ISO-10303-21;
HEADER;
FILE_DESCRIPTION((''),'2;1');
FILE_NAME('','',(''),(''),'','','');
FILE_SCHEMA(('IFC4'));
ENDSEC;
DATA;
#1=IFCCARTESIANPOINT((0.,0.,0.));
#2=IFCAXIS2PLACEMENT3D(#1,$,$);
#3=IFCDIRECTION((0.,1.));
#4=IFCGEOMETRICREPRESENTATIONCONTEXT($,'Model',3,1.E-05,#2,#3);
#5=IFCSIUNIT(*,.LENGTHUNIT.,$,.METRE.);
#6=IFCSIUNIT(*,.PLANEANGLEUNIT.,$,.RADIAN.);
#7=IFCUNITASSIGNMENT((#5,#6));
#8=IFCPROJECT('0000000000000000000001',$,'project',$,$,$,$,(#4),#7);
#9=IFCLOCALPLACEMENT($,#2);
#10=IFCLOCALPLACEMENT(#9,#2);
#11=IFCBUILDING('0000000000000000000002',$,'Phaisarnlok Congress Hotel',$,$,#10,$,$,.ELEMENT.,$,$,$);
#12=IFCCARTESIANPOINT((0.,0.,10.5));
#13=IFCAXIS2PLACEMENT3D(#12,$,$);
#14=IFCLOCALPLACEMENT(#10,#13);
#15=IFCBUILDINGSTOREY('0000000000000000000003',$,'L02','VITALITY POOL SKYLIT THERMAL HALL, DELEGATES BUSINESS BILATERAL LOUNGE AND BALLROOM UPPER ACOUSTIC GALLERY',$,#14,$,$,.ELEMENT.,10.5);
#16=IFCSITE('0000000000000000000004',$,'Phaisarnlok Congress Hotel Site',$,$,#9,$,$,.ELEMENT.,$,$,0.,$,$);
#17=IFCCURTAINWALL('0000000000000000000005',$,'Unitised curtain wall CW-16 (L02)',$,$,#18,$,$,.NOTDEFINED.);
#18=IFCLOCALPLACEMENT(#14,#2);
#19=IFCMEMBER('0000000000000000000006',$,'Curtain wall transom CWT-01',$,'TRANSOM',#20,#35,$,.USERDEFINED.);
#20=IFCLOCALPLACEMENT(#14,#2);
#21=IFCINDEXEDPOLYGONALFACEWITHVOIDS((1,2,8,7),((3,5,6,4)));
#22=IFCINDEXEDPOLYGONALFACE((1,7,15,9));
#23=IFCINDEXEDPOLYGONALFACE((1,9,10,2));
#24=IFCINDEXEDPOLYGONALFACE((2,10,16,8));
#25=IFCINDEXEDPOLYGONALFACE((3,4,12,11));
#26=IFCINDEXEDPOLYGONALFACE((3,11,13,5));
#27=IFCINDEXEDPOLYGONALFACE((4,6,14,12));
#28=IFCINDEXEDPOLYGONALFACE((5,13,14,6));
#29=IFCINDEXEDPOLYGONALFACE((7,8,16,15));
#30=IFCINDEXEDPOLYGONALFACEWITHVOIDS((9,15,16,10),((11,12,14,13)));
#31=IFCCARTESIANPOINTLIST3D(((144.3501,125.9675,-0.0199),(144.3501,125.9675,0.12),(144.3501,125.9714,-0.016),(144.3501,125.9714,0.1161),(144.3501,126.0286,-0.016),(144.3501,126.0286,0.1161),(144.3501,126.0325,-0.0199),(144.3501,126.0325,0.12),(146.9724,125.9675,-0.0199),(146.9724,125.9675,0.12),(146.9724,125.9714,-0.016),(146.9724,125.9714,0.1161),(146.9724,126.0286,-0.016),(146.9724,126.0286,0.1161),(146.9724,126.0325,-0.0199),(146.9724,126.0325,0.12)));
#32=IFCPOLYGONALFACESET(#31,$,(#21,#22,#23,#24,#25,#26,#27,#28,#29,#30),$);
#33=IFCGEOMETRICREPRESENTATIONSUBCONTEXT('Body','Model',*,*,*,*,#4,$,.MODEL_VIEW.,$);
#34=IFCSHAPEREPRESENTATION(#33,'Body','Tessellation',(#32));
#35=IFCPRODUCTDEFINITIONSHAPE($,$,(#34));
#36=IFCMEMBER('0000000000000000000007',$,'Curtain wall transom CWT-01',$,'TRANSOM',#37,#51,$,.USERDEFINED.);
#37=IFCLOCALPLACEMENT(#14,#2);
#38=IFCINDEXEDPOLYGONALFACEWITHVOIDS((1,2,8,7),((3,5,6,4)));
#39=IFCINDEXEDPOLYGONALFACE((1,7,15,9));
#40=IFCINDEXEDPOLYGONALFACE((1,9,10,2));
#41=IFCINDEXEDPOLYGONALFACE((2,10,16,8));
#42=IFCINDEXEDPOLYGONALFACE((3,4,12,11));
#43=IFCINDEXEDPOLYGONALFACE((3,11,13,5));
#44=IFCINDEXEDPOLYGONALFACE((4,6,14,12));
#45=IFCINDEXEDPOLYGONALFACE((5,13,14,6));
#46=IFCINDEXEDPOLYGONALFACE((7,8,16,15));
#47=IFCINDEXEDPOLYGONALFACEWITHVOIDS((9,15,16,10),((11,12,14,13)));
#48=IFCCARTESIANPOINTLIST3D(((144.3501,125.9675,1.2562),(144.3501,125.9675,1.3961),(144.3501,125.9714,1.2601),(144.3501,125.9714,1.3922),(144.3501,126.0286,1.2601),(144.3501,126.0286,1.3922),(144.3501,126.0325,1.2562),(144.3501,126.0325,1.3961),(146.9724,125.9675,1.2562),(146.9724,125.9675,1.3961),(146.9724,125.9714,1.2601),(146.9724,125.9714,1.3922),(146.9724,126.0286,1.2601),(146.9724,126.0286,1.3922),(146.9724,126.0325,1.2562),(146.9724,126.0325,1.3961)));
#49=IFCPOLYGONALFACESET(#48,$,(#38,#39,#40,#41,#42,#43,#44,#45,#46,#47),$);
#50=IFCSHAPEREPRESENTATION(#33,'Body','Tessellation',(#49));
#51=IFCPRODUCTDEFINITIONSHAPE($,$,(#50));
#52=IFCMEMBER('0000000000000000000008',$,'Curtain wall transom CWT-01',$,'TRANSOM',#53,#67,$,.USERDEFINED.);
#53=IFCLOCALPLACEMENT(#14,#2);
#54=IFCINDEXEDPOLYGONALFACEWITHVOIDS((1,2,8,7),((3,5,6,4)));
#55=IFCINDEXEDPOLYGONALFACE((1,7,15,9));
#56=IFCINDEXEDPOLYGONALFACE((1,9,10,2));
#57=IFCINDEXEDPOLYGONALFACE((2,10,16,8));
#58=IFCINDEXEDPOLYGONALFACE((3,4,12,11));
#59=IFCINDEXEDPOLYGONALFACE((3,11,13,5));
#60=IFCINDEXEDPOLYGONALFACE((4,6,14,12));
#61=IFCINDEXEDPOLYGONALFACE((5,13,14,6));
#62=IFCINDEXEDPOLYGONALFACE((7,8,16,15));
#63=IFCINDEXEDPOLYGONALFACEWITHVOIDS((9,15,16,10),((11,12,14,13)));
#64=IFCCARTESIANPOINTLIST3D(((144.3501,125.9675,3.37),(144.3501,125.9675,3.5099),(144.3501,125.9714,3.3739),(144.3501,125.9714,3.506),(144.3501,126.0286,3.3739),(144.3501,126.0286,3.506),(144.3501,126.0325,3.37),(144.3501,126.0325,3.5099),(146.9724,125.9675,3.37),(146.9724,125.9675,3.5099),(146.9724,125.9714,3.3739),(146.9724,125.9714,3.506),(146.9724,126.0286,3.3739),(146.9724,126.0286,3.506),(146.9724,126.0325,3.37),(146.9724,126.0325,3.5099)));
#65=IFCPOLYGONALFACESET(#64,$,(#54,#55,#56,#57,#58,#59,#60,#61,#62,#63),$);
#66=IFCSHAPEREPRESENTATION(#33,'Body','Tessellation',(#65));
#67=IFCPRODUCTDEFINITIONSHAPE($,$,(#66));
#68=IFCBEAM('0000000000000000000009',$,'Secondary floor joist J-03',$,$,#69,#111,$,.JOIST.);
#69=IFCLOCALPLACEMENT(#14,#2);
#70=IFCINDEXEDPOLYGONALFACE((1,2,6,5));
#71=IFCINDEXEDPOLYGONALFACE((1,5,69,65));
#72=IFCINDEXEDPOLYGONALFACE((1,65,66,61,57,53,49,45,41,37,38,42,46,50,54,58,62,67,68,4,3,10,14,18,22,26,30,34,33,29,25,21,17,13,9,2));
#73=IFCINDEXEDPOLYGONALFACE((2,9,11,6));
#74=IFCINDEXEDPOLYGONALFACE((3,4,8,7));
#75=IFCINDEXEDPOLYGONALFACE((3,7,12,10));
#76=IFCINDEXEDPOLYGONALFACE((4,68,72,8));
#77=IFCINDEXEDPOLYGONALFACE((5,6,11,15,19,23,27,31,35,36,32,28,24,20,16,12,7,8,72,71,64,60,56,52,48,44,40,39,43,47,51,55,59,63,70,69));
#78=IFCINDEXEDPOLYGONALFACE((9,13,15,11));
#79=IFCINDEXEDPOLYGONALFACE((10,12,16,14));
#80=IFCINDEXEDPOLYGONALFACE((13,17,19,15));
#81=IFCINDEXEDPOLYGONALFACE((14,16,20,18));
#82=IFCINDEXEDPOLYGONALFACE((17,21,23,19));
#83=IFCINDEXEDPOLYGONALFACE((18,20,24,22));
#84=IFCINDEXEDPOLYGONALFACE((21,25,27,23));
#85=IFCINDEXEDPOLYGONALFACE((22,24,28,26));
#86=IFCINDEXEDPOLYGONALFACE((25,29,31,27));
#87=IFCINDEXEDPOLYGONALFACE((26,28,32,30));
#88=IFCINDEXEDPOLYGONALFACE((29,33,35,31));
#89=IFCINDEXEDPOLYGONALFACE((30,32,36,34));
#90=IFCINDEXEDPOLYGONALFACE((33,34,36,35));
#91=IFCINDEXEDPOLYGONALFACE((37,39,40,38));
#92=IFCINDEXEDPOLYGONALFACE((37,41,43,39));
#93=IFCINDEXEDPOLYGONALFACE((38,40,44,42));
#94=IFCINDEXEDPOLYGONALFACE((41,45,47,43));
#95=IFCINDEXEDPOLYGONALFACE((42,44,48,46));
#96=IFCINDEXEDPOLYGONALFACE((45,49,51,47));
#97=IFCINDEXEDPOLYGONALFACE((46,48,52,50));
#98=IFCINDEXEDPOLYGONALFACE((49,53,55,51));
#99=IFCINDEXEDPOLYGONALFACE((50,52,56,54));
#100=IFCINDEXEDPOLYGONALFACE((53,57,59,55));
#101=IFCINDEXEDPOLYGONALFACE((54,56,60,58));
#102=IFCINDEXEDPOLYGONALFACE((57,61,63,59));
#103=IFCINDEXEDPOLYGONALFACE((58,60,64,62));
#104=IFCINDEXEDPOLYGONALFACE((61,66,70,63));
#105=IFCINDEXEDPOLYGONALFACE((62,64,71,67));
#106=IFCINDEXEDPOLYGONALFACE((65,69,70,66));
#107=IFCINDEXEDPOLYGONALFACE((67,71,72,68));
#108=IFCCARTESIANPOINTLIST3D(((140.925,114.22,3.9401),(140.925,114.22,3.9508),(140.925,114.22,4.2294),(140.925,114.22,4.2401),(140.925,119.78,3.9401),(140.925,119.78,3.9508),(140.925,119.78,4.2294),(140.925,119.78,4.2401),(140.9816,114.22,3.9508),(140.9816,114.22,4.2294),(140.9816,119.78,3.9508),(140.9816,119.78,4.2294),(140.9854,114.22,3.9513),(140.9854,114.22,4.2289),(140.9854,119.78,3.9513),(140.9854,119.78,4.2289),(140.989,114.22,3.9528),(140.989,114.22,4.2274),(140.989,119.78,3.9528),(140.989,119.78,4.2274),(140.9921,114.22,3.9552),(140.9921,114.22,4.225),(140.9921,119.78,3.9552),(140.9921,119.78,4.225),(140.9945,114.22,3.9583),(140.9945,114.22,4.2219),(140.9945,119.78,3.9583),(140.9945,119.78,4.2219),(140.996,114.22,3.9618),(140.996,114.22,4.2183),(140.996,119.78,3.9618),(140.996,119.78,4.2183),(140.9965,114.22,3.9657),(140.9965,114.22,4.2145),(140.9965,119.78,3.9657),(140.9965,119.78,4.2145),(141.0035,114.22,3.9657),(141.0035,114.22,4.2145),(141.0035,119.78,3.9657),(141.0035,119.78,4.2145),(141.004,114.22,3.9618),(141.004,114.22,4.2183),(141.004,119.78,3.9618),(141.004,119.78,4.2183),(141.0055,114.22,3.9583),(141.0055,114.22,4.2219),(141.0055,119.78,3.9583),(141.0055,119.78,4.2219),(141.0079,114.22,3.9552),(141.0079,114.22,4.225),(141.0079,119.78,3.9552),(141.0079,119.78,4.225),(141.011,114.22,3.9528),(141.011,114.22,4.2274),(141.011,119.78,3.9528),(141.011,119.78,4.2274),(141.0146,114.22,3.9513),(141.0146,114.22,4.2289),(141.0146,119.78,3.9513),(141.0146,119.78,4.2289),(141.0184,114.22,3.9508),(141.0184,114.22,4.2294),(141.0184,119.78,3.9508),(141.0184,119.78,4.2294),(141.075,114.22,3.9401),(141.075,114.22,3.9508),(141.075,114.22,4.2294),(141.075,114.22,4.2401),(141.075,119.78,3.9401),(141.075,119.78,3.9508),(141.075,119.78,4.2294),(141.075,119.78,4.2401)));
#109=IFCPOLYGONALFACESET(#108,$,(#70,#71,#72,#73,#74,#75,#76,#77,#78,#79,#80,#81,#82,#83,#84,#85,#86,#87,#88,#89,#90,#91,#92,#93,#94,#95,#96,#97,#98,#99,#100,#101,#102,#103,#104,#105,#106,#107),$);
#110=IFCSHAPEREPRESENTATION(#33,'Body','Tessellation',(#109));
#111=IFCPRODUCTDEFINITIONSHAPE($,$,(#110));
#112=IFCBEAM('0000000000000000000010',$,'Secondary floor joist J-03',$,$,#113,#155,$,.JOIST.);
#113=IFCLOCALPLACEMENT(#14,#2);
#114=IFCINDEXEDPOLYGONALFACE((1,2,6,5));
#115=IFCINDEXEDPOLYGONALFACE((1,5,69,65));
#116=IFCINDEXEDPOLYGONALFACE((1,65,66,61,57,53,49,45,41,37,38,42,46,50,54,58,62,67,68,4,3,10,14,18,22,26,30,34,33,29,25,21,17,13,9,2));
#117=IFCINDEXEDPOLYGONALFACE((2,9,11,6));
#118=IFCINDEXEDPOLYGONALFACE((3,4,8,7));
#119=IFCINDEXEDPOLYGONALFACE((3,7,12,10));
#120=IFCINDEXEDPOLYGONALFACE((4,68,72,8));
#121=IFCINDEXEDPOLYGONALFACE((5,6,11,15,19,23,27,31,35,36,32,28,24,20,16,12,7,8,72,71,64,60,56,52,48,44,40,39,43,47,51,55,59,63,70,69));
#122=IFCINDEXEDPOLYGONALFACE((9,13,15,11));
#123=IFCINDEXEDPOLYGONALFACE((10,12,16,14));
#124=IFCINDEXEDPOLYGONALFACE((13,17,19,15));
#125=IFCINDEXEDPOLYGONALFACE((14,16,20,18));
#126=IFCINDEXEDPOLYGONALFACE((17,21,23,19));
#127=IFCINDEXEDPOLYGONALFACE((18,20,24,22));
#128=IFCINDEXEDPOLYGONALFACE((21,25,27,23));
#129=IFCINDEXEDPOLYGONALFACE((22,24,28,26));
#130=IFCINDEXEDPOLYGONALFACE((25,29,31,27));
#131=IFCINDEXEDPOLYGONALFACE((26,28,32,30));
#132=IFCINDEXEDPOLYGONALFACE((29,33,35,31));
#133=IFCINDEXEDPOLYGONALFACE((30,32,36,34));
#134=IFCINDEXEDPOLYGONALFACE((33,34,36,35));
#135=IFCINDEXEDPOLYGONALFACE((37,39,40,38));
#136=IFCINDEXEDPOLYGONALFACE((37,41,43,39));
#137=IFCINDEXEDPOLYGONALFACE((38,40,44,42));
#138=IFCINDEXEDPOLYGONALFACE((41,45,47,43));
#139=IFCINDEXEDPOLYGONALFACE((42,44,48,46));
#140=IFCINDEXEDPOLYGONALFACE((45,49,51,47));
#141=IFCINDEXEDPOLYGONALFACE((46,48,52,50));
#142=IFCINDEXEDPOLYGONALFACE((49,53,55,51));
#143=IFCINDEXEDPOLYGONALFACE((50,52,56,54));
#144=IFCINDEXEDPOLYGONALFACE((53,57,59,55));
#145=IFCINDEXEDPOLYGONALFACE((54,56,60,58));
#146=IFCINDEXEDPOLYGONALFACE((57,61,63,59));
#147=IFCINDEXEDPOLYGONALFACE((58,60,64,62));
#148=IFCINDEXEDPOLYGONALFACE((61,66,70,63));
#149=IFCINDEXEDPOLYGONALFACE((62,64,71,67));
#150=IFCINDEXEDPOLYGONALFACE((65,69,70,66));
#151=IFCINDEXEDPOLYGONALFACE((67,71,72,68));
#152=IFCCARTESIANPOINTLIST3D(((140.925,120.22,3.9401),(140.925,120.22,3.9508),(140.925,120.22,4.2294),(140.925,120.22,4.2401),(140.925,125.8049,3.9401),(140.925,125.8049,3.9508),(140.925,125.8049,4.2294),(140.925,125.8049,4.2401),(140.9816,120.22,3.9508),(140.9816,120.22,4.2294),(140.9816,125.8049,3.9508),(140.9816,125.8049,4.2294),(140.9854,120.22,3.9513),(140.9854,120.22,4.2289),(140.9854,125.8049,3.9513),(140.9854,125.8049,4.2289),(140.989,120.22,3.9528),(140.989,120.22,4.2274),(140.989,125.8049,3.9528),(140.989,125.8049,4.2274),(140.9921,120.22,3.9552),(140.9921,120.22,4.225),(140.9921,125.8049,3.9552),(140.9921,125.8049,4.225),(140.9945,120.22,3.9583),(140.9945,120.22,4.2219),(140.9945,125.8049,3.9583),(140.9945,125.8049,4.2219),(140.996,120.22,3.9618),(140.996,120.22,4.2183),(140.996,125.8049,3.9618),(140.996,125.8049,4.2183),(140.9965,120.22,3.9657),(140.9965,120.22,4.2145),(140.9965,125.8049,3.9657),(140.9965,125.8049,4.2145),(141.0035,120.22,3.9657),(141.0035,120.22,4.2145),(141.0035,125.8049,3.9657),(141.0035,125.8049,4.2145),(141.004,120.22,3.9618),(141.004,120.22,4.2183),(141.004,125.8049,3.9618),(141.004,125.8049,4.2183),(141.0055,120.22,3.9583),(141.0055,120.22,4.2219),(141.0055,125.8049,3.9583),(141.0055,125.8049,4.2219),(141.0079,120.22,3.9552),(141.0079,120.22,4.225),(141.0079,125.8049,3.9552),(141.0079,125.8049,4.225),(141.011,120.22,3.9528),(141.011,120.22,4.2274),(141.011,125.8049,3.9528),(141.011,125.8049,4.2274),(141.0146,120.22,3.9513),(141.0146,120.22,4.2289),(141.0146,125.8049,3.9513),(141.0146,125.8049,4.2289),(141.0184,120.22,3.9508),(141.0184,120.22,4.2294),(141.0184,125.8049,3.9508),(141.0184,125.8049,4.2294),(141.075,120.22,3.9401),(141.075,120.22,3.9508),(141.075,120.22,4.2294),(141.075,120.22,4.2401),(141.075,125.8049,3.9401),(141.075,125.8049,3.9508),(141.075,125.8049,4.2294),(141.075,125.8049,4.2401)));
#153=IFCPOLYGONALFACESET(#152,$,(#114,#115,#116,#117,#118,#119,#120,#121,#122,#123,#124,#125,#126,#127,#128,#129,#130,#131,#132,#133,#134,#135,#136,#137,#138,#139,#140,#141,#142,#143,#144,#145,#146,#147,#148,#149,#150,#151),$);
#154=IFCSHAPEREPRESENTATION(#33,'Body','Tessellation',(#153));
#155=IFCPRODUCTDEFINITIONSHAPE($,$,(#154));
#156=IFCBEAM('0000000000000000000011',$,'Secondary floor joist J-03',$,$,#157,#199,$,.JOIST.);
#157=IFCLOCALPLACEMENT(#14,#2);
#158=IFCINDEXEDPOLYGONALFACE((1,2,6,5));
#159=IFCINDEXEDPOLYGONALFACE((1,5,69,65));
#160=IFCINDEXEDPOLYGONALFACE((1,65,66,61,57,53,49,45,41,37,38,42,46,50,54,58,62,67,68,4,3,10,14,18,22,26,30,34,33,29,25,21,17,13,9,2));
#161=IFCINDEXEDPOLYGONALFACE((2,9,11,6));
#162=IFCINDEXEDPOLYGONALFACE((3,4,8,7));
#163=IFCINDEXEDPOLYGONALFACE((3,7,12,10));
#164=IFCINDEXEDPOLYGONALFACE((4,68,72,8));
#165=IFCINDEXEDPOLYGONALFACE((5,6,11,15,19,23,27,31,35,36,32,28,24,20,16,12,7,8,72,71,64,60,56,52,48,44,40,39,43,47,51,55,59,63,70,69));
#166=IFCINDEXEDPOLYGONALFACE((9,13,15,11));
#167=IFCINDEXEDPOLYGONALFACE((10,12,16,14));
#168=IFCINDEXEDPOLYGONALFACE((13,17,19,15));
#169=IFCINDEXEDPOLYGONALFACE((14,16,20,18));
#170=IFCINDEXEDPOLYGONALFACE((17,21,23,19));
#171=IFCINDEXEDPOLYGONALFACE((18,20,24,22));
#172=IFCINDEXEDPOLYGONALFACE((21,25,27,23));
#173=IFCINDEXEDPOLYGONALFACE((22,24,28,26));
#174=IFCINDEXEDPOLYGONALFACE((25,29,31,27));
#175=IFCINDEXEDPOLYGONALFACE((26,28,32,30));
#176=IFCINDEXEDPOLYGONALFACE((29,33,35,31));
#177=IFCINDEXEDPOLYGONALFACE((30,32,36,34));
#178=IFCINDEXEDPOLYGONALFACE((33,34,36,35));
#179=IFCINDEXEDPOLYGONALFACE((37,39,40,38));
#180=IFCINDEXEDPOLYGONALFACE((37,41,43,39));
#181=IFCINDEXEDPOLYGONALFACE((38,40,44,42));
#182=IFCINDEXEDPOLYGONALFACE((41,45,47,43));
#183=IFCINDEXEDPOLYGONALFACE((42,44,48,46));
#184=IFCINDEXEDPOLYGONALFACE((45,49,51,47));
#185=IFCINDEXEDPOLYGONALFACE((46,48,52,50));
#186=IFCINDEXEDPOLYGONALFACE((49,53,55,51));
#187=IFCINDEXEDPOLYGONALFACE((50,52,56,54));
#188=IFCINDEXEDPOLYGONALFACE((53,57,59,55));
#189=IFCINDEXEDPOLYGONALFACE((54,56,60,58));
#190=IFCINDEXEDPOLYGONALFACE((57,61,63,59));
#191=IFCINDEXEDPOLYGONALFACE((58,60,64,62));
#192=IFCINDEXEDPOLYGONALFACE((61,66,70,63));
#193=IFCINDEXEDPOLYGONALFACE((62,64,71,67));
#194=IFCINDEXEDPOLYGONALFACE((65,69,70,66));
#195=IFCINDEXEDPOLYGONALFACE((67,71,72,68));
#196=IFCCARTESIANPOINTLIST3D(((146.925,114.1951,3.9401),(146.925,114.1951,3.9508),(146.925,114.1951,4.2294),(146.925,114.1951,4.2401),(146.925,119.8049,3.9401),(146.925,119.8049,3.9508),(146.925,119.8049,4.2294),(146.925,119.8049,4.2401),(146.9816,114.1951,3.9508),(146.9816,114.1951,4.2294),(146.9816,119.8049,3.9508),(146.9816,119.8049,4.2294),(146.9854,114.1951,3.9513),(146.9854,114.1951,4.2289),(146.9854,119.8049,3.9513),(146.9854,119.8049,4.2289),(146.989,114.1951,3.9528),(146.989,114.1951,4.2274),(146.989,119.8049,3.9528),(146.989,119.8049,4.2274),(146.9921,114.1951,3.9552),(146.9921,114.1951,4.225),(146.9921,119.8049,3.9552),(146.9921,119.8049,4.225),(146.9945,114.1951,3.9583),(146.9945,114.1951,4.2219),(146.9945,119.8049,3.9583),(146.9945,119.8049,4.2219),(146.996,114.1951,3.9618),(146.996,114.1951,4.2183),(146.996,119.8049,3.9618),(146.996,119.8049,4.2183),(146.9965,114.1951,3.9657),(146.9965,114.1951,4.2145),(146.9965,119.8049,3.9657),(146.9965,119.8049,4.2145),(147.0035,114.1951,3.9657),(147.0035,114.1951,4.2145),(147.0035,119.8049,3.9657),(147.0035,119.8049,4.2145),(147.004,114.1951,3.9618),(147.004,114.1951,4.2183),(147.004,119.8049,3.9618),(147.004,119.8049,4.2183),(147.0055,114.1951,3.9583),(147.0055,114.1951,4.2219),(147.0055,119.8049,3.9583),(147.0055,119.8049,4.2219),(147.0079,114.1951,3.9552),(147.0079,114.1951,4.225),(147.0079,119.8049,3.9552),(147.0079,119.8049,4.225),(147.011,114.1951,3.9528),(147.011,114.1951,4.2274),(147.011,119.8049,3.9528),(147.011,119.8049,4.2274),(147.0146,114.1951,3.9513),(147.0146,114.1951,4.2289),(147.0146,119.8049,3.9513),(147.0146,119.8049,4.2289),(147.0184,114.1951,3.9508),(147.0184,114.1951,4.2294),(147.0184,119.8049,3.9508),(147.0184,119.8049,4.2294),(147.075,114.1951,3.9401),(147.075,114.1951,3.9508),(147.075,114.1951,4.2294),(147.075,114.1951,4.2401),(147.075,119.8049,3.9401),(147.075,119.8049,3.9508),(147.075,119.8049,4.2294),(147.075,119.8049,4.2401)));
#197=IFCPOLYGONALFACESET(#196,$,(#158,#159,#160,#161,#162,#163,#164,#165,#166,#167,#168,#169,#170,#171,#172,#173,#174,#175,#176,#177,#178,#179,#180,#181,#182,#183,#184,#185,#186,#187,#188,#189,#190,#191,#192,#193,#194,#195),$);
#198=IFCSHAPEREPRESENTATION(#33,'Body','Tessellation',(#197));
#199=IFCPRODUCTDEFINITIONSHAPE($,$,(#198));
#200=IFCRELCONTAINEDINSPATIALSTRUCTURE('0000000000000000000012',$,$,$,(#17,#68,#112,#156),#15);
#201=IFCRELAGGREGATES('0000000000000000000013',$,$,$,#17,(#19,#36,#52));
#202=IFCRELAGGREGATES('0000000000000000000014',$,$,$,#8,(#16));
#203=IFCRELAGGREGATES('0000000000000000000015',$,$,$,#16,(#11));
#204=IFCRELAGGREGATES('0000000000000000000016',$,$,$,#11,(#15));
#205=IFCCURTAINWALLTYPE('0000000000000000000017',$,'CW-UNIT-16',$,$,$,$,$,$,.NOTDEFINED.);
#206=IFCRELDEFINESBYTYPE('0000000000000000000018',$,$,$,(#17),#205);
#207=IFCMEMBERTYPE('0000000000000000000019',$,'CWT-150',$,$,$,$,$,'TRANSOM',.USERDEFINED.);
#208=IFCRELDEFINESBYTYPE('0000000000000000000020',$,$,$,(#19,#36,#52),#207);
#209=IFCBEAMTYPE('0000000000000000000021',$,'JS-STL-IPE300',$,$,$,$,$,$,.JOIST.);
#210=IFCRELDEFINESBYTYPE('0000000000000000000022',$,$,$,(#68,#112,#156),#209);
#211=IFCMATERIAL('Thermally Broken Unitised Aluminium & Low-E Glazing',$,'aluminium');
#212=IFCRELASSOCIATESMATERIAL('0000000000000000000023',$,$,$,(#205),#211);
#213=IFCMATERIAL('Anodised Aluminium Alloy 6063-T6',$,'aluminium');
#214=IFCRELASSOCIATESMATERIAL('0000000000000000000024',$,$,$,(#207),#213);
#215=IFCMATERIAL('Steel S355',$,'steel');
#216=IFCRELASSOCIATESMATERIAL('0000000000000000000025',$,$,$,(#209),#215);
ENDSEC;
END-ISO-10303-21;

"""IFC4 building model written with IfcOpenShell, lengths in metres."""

from ifc_helpers import new_model, si_unit, direction, frame, origin, origin_2d, place, context, subcontext, project, spatial, hollow_rectangle, i_section, extrude, material, material_profile, profile_set, type_object, element, aggregate, save


model = new_model("IFC4")

# Units and contexts
model_context = context("Model", 3, precision=1e-05, world=origin(), true_north=direction((0.0, 1.0)))
body_context = subcontext(model_context, "Body", "Model", "MODEL_VIEW")
ifc_project = project(units=[si_unit("LENGTHUNIT", "METRE"), si_unit("PLANEANGLEUNIT", "RADIAN")], contexts=[model_context])

# Site, building, storey
site_placement = place(None, origin())
site = spatial("IfcSite", under=ifc_project, at=site_placement, Name="Phaisarnlok Congress Hotel Site", CompositionType="ELEMENT", RefElevation=0.0)
building_placement = place(site_placement, origin())
building = spatial("IfcBuilding", under=site, at=building_placement, Name="Phaisarnlok Congress Hotel", CompositionType="ELEMENT")
storey_placement = place(building_placement, frame((0.0, 0.0, 10.5)))
storey = spatial("IfcBuildingStorey", under=building, at=storey_placement, Name="L02", Description="VITALITY POOL SKYLIT THERMAL HALL, DELEGATES BUSINESS BILATERAL LOUNGE AND BALLROOM UPPER ACOUSTIC GALLERY", CompositionType="ELEMENT", Elevation=10.5)

# Shared definitions
ifc_material_1 = material(Name="Steel S355", Category="steel")

# Curtain wall, members
ifc_material_2 = material(Name="Thermally Broken Unitised Aluminium & Low-E Glazing", Category="aluminium")
curtain_wall_type = type_object("IfcCurtainWallType", Name="CW-UNIT-16", PredefinedType="NOTDEFINED", material=ifc_material_2)
curtain_wall_placement = place(storey_placement, origin())
curtain_wall = element("IfcCurtainWall", 1, at=curtain_wall_placement, inside=storey, type_object=curtain_wall_type, Name="Unitised curtain wall CW-16 (L02)", PredefinedType="NOTDEFINED")
ifc_material_3 = material(Name="Anodised Aluminium Alloy 6063-T6", Category="aluminium")
ifc_material_profile_1 = material_profile(ifc_material_3, hollow_rectangle(XDim=0.0649, YDim=0.1399, WallThickness=0.0039, at=origin_2d()), Name="ALU-T 65x140x4")
ifc_profile_set_1 = profile_set([ifc_material_profile_1], Name="Anodised Aluminium Alloy 6063-T6")
member_type_1 = type_object("IfcMemberType", Name="CWT-150", ElementType="TRANSOM", PredefinedType="USERDEFINED", material=ifc_profile_set_1)
member_1_placement = place(storey_placement, frame((146.9724, 126.0, 0.05), z_axis=(-1.0, 0.0, 0.0), x_axis=(0.0, -1.0, 0.0)))
member_1 = element("IfcMember", 2, at=member_1_placement, type_object=member_type_1, Name="Curtain wall transom CWT-01", ObjectType="TRANSOM", PredefinedType="USERDEFINED", context=body_context, shape_type="SweptSolid", body=[
    extrude(hollow_rectangle(XDim=0.0649, YDim=0.1399, WallThickness=0.0039, at=origin_2d()), origin(), (0.0, 0.0, 1.0), 2.6223),
])
member_2_placement = place(storey_placement, frame((146.9724, 126.0, 1.3262), z_axis=(-1.0, 0.0, 0.0), x_axis=(0.0, -1.0, 0.0)))
member_2 = element("IfcMember", 3, at=member_2_placement, type_object=member_type_1, Name="Curtain wall transom CWT-01", ObjectType="TRANSOM", PredefinedType="USERDEFINED", context=body_context, shape_type="SweptSolid", body=[
    extrude(hollow_rectangle(XDim=0.0649, YDim=0.1399, WallThickness=0.0039, at=origin_2d()), origin(), (0.0, 0.0, 1.0), 2.6223),
])
member_3_placement = place(storey_placement, frame((146.9724, 126.0, 3.4399), z_axis=(-1.0, 0.0, 0.0), x_axis=(0.0, -1.0, 0.0)))
member_3 = element("IfcMember", 4, at=member_3_placement, type_object=member_type_1, Name="Curtain wall transom CWT-01", ObjectType="TRANSOM", PredefinedType="USERDEFINED", context=body_context, shape_type="SweptSolid", body=[
    extrude(hollow_rectangle(XDim=0.0649, YDim=0.1399, WallThickness=0.0039, at=origin_2d()), origin(), (0.0, 0.0, 1.0), 2.6223),
])

# Beams
ifc_material_profile_2 = material_profile(ifc_material_1, i_section(OverallWidth=0.1499, OverallDepth=0.3, WebThickness=0.0071, FlangeThickness=0.0107, FilletRadius=0.0149, at=origin_2d()), Name="IPE 300")
ifc_profile_set_2 = profile_set([ifc_material_profile_2], Name="Steel S355")
beam_type_1 = type_object("IfcBeamType", Name="JS-STL-IPE300", PredefinedType="JOIST", material=ifc_profile_set_2)
beam_1_placement = place(storey_placement, frame((141.0, 114.22, 4.0901), z_axis=(0.0, 1.0, 0.0), x_axis=(-1.0, 0.0, 0.0)))
element("IfcBeam", 5, at=beam_1_placement, inside=storey, type_object=beam_type_1, Name="Secondary floor joist J-03", PredefinedType="JOIST", context=body_context, shape_type="SweptSolid", body=[
    extrude(i_section(OverallWidth=0.1499, OverallDepth=0.3, WebThickness=0.0071, FlangeThickness=0.0107, FilletRadius=0.0149, at=origin_2d()), origin(), (0.0, 0.0, 1.0), 5.5601),
])
beam_2_placement = place(storey_placement, frame((141.0, 120.22, 4.0901), z_axis=(0.0, 1.0, 0.0), x_axis=(-1.0, 0.0, 0.0)))
element("IfcBeam", 6, at=beam_2_placement, inside=storey, type_object=beam_type_1, Name="Secondary floor joist J-03", PredefinedType="JOIST", context=body_context, shape_type="SweptSolid", body=[
    extrude(i_section(OverallWidth=0.1499, OverallDepth=0.3, WebThickness=0.0071, FlangeThickness=0.0107, FilletRadius=0.0149, at=origin_2d()), origin(), (0.0, 0.0, 1.0), 5.585),
])
for number, where, z_axis, x_axis, name in (
    (7, (147.0, 114.1951, 4.0901), (0.0, 1.0, 0.0), (-1.0, 0.0, 0.0), "Secondary floor joist J-03"),
):
    element("IfcBeam", number, at=place(storey_placement, frame(where, z_axis=z_axis, x_axis=x_axis)), inside=storey, type_object=beam_type_1, Name=name, PredefinedType="JOIST", context=body_context, shape_type="SweptSolid", body=[
        extrude(i_section(OverallWidth=0.1499, OverallDepth=0.3, WebThickness=0.0071, FlangeThickness=0.0107, FilletRadius=0.0149, at=origin_2d()), origin(), (0.0, 0.0, 1.0), 5.6099),
    ])

aggregate(curtain_wall, [member_1, member_2, member_3])

save(model, "model.ifc")
